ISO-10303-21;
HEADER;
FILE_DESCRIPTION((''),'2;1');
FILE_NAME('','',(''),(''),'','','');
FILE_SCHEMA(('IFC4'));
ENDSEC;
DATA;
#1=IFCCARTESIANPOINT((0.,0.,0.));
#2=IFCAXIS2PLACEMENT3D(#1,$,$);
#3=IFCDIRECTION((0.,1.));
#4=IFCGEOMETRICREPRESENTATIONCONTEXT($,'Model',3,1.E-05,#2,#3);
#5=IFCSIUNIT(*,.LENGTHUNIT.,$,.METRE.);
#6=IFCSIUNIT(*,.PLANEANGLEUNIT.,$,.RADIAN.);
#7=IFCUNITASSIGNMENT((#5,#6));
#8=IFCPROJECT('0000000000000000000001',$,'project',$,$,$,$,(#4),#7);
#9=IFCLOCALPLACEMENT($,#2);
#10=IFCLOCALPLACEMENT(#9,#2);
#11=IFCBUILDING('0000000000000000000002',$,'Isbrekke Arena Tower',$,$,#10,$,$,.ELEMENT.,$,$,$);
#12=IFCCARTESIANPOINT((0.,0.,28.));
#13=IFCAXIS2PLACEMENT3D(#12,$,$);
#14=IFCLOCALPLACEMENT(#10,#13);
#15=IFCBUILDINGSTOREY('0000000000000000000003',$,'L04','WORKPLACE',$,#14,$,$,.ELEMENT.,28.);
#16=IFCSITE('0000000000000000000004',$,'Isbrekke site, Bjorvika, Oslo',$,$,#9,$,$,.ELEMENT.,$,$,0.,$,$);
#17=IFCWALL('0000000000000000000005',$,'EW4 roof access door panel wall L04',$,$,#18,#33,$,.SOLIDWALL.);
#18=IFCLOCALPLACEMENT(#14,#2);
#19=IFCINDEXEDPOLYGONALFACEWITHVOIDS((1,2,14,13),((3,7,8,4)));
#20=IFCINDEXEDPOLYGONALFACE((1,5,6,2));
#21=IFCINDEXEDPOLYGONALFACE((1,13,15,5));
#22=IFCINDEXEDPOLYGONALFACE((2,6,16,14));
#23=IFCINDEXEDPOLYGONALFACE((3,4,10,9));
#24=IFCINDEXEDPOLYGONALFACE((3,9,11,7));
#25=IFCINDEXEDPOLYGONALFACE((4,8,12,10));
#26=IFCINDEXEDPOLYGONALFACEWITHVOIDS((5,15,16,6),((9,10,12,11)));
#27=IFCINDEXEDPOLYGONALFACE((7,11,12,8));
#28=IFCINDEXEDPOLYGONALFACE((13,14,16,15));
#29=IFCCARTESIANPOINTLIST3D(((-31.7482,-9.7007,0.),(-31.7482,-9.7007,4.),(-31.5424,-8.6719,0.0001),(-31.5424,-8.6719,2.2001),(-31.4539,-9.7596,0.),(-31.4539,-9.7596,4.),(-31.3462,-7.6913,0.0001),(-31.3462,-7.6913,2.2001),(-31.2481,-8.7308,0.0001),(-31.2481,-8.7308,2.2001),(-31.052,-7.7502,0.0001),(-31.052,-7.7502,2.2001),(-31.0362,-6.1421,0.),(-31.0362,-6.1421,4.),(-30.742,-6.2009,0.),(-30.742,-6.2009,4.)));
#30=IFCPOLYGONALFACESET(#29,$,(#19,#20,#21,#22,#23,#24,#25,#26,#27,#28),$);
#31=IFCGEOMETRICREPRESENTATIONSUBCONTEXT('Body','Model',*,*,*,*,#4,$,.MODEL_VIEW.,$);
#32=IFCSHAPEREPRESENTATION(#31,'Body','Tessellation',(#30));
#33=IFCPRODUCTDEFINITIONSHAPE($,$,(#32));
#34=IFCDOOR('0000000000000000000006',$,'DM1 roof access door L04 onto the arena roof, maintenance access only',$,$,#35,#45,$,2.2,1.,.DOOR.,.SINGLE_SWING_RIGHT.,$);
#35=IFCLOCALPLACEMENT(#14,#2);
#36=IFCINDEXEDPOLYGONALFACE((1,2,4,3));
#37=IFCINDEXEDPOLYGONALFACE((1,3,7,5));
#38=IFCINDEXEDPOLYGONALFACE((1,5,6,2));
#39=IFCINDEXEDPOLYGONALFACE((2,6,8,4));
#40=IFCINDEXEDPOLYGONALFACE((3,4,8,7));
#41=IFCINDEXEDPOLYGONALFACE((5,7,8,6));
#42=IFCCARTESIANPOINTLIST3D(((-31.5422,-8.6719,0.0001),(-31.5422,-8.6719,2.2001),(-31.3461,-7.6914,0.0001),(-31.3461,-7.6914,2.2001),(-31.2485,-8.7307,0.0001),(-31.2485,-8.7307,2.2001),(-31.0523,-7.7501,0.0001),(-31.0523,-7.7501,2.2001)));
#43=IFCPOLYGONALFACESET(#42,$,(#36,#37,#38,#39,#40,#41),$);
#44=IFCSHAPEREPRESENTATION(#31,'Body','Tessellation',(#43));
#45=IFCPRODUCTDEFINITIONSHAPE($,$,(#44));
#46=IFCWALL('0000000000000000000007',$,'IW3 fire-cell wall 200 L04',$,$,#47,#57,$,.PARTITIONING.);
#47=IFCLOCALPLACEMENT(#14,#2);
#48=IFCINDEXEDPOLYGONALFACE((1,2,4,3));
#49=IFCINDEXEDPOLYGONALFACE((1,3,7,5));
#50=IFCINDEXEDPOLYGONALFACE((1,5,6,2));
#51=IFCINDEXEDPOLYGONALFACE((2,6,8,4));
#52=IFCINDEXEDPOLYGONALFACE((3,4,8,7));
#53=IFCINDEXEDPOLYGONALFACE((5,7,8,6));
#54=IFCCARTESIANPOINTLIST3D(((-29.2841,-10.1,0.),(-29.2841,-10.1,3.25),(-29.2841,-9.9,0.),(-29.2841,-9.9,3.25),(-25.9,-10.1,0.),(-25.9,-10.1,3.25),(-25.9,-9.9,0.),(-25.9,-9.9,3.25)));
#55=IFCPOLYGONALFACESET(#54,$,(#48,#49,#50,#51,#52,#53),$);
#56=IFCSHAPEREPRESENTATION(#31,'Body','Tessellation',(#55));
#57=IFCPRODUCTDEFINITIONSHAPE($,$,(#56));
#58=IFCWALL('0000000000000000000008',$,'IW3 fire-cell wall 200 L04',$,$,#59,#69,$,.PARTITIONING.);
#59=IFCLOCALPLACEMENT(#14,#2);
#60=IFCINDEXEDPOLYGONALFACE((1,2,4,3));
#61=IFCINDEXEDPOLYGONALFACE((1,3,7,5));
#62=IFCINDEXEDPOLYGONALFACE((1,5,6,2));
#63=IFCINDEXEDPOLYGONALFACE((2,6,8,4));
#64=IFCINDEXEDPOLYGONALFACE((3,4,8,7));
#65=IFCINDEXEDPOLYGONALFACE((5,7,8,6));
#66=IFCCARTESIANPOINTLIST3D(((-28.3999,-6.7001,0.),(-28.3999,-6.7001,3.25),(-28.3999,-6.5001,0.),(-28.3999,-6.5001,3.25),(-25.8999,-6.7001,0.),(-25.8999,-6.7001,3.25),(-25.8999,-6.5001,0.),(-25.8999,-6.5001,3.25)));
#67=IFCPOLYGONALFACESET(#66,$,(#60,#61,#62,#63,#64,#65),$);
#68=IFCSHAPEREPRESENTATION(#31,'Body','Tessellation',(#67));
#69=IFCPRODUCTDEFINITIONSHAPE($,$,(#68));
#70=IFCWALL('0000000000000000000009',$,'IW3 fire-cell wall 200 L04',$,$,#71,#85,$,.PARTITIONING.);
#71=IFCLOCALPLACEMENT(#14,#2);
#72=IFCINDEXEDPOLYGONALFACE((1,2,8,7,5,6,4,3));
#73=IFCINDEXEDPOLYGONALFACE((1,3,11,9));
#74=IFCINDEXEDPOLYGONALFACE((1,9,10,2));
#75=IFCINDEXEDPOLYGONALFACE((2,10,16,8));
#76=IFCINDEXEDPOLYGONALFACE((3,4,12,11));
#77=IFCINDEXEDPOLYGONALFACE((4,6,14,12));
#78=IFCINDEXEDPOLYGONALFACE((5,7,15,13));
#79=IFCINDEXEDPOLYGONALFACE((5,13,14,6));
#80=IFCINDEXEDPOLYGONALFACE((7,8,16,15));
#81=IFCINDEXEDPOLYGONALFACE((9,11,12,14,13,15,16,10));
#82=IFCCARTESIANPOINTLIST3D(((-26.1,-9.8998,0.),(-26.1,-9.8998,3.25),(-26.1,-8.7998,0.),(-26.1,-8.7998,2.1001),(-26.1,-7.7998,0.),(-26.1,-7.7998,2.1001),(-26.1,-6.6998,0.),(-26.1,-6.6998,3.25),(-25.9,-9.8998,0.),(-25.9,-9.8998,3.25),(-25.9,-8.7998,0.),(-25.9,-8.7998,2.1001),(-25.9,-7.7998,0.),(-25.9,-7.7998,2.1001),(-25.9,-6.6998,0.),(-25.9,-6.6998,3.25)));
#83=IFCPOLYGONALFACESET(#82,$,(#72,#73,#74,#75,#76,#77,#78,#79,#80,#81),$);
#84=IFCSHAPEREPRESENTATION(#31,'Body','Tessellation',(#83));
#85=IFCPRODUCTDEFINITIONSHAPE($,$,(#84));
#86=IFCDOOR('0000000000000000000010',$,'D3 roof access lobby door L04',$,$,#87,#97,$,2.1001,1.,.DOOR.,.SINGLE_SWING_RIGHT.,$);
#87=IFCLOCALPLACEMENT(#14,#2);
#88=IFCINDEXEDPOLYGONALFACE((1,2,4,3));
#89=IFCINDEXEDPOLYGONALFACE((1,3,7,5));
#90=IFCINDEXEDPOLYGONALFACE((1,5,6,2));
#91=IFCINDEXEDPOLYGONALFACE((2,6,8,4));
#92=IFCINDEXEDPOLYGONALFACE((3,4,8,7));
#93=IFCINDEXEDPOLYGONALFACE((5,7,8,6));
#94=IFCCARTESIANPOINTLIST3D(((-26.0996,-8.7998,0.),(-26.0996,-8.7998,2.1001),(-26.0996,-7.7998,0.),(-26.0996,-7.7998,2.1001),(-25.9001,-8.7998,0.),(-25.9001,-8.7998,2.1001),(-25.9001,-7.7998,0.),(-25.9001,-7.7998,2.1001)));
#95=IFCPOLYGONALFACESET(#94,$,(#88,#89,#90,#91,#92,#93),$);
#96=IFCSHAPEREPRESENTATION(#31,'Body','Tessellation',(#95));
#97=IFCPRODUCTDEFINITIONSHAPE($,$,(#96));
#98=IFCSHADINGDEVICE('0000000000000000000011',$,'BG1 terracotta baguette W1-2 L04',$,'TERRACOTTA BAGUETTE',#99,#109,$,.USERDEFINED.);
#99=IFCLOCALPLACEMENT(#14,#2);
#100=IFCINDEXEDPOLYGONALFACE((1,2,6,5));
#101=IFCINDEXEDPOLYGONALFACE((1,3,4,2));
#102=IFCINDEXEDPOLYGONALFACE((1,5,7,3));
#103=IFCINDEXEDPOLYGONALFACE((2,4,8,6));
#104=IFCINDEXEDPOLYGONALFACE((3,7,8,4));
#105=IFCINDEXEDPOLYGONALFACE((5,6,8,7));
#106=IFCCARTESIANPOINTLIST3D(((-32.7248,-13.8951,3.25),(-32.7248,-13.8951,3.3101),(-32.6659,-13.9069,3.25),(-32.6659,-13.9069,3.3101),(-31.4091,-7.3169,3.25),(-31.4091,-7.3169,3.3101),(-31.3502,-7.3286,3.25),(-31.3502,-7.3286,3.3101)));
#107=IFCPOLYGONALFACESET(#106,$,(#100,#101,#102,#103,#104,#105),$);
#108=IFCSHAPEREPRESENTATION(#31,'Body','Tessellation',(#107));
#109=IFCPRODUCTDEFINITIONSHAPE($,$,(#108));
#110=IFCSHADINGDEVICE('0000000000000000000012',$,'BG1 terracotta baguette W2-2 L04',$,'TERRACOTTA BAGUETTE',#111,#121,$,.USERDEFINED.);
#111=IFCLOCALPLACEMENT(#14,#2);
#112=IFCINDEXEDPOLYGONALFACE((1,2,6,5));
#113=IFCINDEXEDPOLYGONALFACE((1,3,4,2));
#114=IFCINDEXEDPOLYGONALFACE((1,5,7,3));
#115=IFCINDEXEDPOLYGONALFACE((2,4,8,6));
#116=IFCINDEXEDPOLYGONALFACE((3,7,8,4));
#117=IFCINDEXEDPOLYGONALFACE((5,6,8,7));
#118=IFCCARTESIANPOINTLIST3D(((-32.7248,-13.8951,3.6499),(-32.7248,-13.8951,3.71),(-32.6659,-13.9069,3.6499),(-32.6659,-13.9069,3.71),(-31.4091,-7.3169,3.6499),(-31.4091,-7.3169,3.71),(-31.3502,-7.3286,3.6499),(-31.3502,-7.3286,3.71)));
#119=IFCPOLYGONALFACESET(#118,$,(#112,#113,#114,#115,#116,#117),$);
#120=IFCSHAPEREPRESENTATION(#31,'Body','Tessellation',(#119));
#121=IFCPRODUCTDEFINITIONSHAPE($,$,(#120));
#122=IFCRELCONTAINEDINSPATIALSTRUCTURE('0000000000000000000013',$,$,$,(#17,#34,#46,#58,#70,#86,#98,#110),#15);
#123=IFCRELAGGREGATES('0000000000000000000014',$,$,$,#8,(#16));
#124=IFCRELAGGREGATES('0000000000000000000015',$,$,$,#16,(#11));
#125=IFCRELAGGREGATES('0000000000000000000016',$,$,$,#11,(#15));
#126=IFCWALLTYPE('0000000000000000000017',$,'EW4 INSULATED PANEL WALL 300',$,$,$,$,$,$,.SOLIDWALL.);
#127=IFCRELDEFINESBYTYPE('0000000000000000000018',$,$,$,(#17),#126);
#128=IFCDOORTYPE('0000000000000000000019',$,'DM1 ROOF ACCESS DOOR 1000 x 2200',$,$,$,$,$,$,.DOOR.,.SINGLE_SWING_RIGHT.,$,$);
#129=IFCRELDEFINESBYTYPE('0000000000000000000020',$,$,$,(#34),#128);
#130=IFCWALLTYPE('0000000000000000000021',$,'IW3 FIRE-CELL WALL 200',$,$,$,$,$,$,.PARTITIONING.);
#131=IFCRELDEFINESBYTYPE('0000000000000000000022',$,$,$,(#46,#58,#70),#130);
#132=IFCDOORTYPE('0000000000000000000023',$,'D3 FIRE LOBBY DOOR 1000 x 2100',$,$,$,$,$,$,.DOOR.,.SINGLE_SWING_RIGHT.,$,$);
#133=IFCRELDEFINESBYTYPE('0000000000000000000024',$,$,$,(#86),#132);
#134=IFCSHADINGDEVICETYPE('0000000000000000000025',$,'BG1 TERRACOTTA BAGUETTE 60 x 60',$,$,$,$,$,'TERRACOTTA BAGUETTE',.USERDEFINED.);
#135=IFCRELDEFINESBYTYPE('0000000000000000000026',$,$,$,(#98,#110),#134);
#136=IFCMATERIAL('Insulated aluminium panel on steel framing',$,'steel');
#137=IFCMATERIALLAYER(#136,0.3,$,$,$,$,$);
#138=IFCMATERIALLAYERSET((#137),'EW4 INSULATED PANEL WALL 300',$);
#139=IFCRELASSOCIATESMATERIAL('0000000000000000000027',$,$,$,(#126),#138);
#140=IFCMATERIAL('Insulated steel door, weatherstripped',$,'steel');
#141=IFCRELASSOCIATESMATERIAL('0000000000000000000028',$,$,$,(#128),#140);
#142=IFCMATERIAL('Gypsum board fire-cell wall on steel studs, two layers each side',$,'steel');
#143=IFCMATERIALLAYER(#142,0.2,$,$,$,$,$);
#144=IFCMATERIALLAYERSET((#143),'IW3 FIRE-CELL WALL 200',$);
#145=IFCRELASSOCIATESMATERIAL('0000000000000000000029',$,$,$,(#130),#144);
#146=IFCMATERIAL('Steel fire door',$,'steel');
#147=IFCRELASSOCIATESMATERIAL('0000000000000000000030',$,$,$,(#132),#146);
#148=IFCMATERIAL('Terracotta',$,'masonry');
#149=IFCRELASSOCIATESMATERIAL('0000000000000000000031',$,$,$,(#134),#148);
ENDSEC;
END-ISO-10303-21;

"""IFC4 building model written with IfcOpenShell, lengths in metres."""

from ifc_helpers import new_model, si_unit, direction, frame, frame_2d, origin, origin_2d, place, context, subcontext, project, spatial, rectangle, extrude, material, layer, layer_set, material_profile, profile_set, type_object, element, fill, save


model = new_model("IFC4")

# Units and contexts
model_context = context("Model", 3, precision=1e-05, world=origin(), true_north=direction((0.0, 1.0)))
body_context = subcontext(model_context, "Body", "Model", "MODEL_VIEW")
ifc_project = project(units=[si_unit("LENGTHUNIT", "METRE"), si_unit("PLANEANGLEUNIT", "RADIAN")], contexts=[model_context])

# Site, building, storey
site_placement = place(None, origin())
site = spatial("IfcSite", under=ifc_project, at=site_placement, Name="Isbrekke site, Bjorvika, Oslo", CompositionType="ELEMENT", RefElevation=0.0)
building_placement = place(site_placement, origin())
building = spatial("IfcBuilding", under=site, at=building_placement, Name="Isbrekke Arena Tower", CompositionType="ELEMENT")
storey_placement = place(building_placement, frame((0.0, 0.0, 28.0)))
storey = spatial("IfcBuildingStorey", under=building, at=storey_placement, Name="L04", Description="WORKPLACE", CompositionType="ELEMENT", Elevation=28.0)

# Shared definitions
ifc_material_1 = material(Name="Insulated aluminium panel on steel framing", Category="steel")
ifc_layer_1 = layer(ifc_material_1, 0.3)
ifc_layer_set_1 = layer_set([ifc_layer_1], Name="EW4 INSULATED PANEL WALL 300")
wall_type_1 = type_object("IfcWallType", Name="EW4 INSULATED PANEL WALL 300", PredefinedType="SOLIDWALL", material=ifc_layer_set_1)

# Wall, opening, door
wall_1_placement = place(storey_placement, frame((-30.8892, -6.1716, 0.0), z_axis=(0.0, 0.0, 1.0), x_axis=(-0.196168, -0.98057, 0.0)))
wall_1 = element("IfcWall", 1, at=wall_1_placement, inside=storey, type_object=wall_type_1, Name="EW4 roof access door panel wall L04", PredefinedType="SOLIDWALL", context=body_context, shape_type="SweptSolid", body=[
    extrude(rectangle(XDim=3.6292, YDim=0.3, at=frame_2d((1.8145, 0.0))), origin(), (0.0, 0.0, 1.0), 4.0),
])
opening_1_placement = place(wall_1_placement, frame((1.5798, 0.0, 0.0)))
opening_1 = element("IfcOpeningElement", 2, at=opening_1_placement, cuts=wall_1, PredefinedType="OPENING", context=body_context, shape_type="SweptSolid", body=[
    extrude(rectangle(XDim=1.0, YDim=2.2, at=frame_2d((0.5, 1.1001))), frame((0.0, 0.165, 0.0), z_axis=(0.0, -1.0, 0.0), x_axis=(1.0, 0.0, 0.0)), (0.0, 0.0, 1.0), 0.3298),
])
ifc_material_2 = material(Name="Insulated steel door, weatherstripped", Category="steel")
door_type_1 = type_object("IfcDoorType", Name="DM1 ROOF ACCESS DOOR 1000 x 2200", OperationType="SINGLE_SWING_RIGHT", PredefinedType="DOOR", material=ifc_material_2)
door_1_placement = place(opening_1_placement, frame((1.0, 0.0, 0.0), z_axis=(0.0, 0.0, 1.0), x_axis=(-1.0, 0.0, 0.0)))
door_1 = element("IfcDoor", 3, at=door_1_placement, inside=storey, type_object=door_type_1, Name="DM1 roof access door L04 onto the arena roof, maintenance access only", OperationType="SINGLE_SWING_RIGHT", OverallHeight=2.2, OverallWidth=1.0, PredefinedType="DOOR", context=body_context, shape_type="SweptSolid", body=[
    extrude(rectangle(XDim=1.0, YDim=2.2, at=frame_2d((0.5, 1.1001))), frame((0.0, 0.1499, 0.0), z_axis=(0.0, -1.0, 0.0), x_axis=(1.0, 0.0, 0.0)), (0.0, 0.0, 1.0), 0.2996),
])
fill(opening_1, door_1)

# Walls
ifc_material_3 = material(Name="Gypsum board fire-cell wall on steel studs, two layers each side", Category="steel")
ifc_layer_2 = layer(ifc_material_3, 0.2)
ifc_layer_set_2 = layer_set([ifc_layer_2], Name="IW3 FIRE-CELL WALL 200")
wall_type_2 = type_object("IfcWallType", Name="IW3 FIRE-CELL WALL 200", PredefinedType="PARTITIONING", material=ifc_layer_set_2)
wall_2_placement = place(storey_placement, frame((-29.2839, -10.0, 0.0), z_axis=(0.0, 0.0, 1.0), x_axis=(1.0, 0.0, 0.0)))
element("IfcWall", 4, at=wall_2_placement, inside=storey, type_object=wall_type_2, Name="IW3 fire-cell wall 200 L04", PredefinedType="PARTITIONING", context=body_context, shape_type="SweptSolid", body=[
    extrude(rectangle(XDim=3.384, YDim=0.2, at=frame_2d((1.6919, 0.0))), origin(), (0.0, 0.0, 1.0), 3.25),
])
wall_3_placement = place(storey_placement, frame((-28.3999, -6.6001, 0.0), z_axis=(0.0, 0.0, 1.0), x_axis=(1.0, 0.0, 0.0)))
element("IfcWall", 5, at=wall_3_placement, inside=storey, type_object=wall_type_2, Name="IW3 fire-cell wall 200 L04", PredefinedType="PARTITIONING", context=body_context, shape_type="SweptSolid", body=[
    extrude(rectangle(XDim=2.5, YDim=0.2, at=frame_2d((1.25, 0.0))), origin(), (0.0, 0.0, 1.0), 3.25),
])

# Wall, opening, door
wall_4_placement = place(storey_placement, frame((-26.0, -9.8999, 0.0), z_axis=(0.0, 0.0, 1.0), x_axis=(0.0, 1.0, 0.0)))
wall_4 = element("IfcWall", 6, at=wall_4_placement, inside=storey, type_object=wall_type_2, Name="IW3 fire-cell wall 200 L04", PredefinedType="PARTITIONING", context=body_context, shape_type="SweptSolid", body=[
    extrude(rectangle(XDim=3.2, YDim=0.2, at=frame_2d((1.6001, 0.0))), origin(), (0.0, 0.0, 1.0), 3.25),
])
opening_2_placement = place(wall_4_placement, frame((1.1001, 0.0, 0.0)))
opening_2 = element("IfcOpeningElement", 7, at=opening_2_placement, cuts=wall_4, PredefinedType="OPENING", context=body_context, shape_type="SweptSolid", body=[
    extrude(rectangle(XDim=1.0, YDim=2.1001, at=frame_2d((0.5, 1.05))), frame((0.0, 0.1147, 0.0), z_axis=(0.0, -1.0, 0.0), x_axis=(1.0, 0.0, 0.0)), (0.0, 0.0, 1.0), 0.2297),
])
ifc_material_4 = material(Name="Steel fire door", Category="steel")
door_type_2 = type_object("IfcDoorType", Name="D3 FIRE LOBBY DOOR 1000 x 2100", OperationType="SINGLE_SWING_RIGHT", PredefinedType="DOOR", material=ifc_material_4)
door_2_placement = place(opening_2_placement, origin())
door_2 = element("IfcDoor", 8, at=door_2_placement, inside=storey, type_object=door_type_2, Name="D3 roof access lobby door L04", OperationType="SINGLE_SWING_RIGHT", OverallHeight=2.1001, OverallWidth=1.0, PredefinedType="DOOR", context=body_context, shape_type="SweptSolid", body=[
    extrude(rectangle(XDim=1.0, YDim=2.1001, at=frame_2d((0.5, 1.05))), frame((0.0, 0.0996, 0.0), z_axis=(0.0, -1.0, 0.0), x_axis=(1.0, 0.0, 0.0)), (0.0, 0.0, 1.0), 0.1995),
])
fill(opening_2, door_2)

# Shading devices
ifc_material_5 = material(Name="Terracotta", Category="masonry")
ifc_material_profile_1 = material_profile(ifc_material_5, rectangle(XDim=0.0601, YDim=0.0601, at=origin_2d()), Name="BAGUETTE 60X60")
ifc_profile_set_1 = profile_set([ifc_material_profile_1], Name="Terracotta")
shading_device_type = type_object("IfcShadingDeviceType", Name="BG1 TERRACOTTA BAGUETTE 60 x 60", ElementType="TERRACOTTA BAGUETTE", PredefinedType="USERDEFINED", material=ifc_profile_set_1)
for number, where, z_axis, x_axis, name in (
    (9, (-31.3796, -7.3228, 3.28), (-0.196123, -0.980579, 0.0), (0.980579, -0.196123, 0.0), "BG1 terracotta baguette W1-2 L04"),
    (10, (-31.3796, -7.3228, 3.6799), (-0.196123, -0.980579, 0.0), (0.980579, -0.196123, 0.0), "BG1 terracotta baguette W2-2 L04"),
):
    element("IfcShadingDevice", number, at=place(storey_placement, frame(where, z_axis=z_axis, x_axis=x_axis)), inside=storey, type_object=shading_device_type, Name=name, ObjectType="TERRACOTTA BAGUETTE", PredefinedType="USERDEFINED", context=body_context, shape_type="SweptSolid", body=[
        extrude(rectangle(XDim=0.0601, YDim=0.0601, at=origin_2d()), origin(), (0.0, 0.0, 1.0), 6.7085),
    ])

save(model, "model.ifc")
